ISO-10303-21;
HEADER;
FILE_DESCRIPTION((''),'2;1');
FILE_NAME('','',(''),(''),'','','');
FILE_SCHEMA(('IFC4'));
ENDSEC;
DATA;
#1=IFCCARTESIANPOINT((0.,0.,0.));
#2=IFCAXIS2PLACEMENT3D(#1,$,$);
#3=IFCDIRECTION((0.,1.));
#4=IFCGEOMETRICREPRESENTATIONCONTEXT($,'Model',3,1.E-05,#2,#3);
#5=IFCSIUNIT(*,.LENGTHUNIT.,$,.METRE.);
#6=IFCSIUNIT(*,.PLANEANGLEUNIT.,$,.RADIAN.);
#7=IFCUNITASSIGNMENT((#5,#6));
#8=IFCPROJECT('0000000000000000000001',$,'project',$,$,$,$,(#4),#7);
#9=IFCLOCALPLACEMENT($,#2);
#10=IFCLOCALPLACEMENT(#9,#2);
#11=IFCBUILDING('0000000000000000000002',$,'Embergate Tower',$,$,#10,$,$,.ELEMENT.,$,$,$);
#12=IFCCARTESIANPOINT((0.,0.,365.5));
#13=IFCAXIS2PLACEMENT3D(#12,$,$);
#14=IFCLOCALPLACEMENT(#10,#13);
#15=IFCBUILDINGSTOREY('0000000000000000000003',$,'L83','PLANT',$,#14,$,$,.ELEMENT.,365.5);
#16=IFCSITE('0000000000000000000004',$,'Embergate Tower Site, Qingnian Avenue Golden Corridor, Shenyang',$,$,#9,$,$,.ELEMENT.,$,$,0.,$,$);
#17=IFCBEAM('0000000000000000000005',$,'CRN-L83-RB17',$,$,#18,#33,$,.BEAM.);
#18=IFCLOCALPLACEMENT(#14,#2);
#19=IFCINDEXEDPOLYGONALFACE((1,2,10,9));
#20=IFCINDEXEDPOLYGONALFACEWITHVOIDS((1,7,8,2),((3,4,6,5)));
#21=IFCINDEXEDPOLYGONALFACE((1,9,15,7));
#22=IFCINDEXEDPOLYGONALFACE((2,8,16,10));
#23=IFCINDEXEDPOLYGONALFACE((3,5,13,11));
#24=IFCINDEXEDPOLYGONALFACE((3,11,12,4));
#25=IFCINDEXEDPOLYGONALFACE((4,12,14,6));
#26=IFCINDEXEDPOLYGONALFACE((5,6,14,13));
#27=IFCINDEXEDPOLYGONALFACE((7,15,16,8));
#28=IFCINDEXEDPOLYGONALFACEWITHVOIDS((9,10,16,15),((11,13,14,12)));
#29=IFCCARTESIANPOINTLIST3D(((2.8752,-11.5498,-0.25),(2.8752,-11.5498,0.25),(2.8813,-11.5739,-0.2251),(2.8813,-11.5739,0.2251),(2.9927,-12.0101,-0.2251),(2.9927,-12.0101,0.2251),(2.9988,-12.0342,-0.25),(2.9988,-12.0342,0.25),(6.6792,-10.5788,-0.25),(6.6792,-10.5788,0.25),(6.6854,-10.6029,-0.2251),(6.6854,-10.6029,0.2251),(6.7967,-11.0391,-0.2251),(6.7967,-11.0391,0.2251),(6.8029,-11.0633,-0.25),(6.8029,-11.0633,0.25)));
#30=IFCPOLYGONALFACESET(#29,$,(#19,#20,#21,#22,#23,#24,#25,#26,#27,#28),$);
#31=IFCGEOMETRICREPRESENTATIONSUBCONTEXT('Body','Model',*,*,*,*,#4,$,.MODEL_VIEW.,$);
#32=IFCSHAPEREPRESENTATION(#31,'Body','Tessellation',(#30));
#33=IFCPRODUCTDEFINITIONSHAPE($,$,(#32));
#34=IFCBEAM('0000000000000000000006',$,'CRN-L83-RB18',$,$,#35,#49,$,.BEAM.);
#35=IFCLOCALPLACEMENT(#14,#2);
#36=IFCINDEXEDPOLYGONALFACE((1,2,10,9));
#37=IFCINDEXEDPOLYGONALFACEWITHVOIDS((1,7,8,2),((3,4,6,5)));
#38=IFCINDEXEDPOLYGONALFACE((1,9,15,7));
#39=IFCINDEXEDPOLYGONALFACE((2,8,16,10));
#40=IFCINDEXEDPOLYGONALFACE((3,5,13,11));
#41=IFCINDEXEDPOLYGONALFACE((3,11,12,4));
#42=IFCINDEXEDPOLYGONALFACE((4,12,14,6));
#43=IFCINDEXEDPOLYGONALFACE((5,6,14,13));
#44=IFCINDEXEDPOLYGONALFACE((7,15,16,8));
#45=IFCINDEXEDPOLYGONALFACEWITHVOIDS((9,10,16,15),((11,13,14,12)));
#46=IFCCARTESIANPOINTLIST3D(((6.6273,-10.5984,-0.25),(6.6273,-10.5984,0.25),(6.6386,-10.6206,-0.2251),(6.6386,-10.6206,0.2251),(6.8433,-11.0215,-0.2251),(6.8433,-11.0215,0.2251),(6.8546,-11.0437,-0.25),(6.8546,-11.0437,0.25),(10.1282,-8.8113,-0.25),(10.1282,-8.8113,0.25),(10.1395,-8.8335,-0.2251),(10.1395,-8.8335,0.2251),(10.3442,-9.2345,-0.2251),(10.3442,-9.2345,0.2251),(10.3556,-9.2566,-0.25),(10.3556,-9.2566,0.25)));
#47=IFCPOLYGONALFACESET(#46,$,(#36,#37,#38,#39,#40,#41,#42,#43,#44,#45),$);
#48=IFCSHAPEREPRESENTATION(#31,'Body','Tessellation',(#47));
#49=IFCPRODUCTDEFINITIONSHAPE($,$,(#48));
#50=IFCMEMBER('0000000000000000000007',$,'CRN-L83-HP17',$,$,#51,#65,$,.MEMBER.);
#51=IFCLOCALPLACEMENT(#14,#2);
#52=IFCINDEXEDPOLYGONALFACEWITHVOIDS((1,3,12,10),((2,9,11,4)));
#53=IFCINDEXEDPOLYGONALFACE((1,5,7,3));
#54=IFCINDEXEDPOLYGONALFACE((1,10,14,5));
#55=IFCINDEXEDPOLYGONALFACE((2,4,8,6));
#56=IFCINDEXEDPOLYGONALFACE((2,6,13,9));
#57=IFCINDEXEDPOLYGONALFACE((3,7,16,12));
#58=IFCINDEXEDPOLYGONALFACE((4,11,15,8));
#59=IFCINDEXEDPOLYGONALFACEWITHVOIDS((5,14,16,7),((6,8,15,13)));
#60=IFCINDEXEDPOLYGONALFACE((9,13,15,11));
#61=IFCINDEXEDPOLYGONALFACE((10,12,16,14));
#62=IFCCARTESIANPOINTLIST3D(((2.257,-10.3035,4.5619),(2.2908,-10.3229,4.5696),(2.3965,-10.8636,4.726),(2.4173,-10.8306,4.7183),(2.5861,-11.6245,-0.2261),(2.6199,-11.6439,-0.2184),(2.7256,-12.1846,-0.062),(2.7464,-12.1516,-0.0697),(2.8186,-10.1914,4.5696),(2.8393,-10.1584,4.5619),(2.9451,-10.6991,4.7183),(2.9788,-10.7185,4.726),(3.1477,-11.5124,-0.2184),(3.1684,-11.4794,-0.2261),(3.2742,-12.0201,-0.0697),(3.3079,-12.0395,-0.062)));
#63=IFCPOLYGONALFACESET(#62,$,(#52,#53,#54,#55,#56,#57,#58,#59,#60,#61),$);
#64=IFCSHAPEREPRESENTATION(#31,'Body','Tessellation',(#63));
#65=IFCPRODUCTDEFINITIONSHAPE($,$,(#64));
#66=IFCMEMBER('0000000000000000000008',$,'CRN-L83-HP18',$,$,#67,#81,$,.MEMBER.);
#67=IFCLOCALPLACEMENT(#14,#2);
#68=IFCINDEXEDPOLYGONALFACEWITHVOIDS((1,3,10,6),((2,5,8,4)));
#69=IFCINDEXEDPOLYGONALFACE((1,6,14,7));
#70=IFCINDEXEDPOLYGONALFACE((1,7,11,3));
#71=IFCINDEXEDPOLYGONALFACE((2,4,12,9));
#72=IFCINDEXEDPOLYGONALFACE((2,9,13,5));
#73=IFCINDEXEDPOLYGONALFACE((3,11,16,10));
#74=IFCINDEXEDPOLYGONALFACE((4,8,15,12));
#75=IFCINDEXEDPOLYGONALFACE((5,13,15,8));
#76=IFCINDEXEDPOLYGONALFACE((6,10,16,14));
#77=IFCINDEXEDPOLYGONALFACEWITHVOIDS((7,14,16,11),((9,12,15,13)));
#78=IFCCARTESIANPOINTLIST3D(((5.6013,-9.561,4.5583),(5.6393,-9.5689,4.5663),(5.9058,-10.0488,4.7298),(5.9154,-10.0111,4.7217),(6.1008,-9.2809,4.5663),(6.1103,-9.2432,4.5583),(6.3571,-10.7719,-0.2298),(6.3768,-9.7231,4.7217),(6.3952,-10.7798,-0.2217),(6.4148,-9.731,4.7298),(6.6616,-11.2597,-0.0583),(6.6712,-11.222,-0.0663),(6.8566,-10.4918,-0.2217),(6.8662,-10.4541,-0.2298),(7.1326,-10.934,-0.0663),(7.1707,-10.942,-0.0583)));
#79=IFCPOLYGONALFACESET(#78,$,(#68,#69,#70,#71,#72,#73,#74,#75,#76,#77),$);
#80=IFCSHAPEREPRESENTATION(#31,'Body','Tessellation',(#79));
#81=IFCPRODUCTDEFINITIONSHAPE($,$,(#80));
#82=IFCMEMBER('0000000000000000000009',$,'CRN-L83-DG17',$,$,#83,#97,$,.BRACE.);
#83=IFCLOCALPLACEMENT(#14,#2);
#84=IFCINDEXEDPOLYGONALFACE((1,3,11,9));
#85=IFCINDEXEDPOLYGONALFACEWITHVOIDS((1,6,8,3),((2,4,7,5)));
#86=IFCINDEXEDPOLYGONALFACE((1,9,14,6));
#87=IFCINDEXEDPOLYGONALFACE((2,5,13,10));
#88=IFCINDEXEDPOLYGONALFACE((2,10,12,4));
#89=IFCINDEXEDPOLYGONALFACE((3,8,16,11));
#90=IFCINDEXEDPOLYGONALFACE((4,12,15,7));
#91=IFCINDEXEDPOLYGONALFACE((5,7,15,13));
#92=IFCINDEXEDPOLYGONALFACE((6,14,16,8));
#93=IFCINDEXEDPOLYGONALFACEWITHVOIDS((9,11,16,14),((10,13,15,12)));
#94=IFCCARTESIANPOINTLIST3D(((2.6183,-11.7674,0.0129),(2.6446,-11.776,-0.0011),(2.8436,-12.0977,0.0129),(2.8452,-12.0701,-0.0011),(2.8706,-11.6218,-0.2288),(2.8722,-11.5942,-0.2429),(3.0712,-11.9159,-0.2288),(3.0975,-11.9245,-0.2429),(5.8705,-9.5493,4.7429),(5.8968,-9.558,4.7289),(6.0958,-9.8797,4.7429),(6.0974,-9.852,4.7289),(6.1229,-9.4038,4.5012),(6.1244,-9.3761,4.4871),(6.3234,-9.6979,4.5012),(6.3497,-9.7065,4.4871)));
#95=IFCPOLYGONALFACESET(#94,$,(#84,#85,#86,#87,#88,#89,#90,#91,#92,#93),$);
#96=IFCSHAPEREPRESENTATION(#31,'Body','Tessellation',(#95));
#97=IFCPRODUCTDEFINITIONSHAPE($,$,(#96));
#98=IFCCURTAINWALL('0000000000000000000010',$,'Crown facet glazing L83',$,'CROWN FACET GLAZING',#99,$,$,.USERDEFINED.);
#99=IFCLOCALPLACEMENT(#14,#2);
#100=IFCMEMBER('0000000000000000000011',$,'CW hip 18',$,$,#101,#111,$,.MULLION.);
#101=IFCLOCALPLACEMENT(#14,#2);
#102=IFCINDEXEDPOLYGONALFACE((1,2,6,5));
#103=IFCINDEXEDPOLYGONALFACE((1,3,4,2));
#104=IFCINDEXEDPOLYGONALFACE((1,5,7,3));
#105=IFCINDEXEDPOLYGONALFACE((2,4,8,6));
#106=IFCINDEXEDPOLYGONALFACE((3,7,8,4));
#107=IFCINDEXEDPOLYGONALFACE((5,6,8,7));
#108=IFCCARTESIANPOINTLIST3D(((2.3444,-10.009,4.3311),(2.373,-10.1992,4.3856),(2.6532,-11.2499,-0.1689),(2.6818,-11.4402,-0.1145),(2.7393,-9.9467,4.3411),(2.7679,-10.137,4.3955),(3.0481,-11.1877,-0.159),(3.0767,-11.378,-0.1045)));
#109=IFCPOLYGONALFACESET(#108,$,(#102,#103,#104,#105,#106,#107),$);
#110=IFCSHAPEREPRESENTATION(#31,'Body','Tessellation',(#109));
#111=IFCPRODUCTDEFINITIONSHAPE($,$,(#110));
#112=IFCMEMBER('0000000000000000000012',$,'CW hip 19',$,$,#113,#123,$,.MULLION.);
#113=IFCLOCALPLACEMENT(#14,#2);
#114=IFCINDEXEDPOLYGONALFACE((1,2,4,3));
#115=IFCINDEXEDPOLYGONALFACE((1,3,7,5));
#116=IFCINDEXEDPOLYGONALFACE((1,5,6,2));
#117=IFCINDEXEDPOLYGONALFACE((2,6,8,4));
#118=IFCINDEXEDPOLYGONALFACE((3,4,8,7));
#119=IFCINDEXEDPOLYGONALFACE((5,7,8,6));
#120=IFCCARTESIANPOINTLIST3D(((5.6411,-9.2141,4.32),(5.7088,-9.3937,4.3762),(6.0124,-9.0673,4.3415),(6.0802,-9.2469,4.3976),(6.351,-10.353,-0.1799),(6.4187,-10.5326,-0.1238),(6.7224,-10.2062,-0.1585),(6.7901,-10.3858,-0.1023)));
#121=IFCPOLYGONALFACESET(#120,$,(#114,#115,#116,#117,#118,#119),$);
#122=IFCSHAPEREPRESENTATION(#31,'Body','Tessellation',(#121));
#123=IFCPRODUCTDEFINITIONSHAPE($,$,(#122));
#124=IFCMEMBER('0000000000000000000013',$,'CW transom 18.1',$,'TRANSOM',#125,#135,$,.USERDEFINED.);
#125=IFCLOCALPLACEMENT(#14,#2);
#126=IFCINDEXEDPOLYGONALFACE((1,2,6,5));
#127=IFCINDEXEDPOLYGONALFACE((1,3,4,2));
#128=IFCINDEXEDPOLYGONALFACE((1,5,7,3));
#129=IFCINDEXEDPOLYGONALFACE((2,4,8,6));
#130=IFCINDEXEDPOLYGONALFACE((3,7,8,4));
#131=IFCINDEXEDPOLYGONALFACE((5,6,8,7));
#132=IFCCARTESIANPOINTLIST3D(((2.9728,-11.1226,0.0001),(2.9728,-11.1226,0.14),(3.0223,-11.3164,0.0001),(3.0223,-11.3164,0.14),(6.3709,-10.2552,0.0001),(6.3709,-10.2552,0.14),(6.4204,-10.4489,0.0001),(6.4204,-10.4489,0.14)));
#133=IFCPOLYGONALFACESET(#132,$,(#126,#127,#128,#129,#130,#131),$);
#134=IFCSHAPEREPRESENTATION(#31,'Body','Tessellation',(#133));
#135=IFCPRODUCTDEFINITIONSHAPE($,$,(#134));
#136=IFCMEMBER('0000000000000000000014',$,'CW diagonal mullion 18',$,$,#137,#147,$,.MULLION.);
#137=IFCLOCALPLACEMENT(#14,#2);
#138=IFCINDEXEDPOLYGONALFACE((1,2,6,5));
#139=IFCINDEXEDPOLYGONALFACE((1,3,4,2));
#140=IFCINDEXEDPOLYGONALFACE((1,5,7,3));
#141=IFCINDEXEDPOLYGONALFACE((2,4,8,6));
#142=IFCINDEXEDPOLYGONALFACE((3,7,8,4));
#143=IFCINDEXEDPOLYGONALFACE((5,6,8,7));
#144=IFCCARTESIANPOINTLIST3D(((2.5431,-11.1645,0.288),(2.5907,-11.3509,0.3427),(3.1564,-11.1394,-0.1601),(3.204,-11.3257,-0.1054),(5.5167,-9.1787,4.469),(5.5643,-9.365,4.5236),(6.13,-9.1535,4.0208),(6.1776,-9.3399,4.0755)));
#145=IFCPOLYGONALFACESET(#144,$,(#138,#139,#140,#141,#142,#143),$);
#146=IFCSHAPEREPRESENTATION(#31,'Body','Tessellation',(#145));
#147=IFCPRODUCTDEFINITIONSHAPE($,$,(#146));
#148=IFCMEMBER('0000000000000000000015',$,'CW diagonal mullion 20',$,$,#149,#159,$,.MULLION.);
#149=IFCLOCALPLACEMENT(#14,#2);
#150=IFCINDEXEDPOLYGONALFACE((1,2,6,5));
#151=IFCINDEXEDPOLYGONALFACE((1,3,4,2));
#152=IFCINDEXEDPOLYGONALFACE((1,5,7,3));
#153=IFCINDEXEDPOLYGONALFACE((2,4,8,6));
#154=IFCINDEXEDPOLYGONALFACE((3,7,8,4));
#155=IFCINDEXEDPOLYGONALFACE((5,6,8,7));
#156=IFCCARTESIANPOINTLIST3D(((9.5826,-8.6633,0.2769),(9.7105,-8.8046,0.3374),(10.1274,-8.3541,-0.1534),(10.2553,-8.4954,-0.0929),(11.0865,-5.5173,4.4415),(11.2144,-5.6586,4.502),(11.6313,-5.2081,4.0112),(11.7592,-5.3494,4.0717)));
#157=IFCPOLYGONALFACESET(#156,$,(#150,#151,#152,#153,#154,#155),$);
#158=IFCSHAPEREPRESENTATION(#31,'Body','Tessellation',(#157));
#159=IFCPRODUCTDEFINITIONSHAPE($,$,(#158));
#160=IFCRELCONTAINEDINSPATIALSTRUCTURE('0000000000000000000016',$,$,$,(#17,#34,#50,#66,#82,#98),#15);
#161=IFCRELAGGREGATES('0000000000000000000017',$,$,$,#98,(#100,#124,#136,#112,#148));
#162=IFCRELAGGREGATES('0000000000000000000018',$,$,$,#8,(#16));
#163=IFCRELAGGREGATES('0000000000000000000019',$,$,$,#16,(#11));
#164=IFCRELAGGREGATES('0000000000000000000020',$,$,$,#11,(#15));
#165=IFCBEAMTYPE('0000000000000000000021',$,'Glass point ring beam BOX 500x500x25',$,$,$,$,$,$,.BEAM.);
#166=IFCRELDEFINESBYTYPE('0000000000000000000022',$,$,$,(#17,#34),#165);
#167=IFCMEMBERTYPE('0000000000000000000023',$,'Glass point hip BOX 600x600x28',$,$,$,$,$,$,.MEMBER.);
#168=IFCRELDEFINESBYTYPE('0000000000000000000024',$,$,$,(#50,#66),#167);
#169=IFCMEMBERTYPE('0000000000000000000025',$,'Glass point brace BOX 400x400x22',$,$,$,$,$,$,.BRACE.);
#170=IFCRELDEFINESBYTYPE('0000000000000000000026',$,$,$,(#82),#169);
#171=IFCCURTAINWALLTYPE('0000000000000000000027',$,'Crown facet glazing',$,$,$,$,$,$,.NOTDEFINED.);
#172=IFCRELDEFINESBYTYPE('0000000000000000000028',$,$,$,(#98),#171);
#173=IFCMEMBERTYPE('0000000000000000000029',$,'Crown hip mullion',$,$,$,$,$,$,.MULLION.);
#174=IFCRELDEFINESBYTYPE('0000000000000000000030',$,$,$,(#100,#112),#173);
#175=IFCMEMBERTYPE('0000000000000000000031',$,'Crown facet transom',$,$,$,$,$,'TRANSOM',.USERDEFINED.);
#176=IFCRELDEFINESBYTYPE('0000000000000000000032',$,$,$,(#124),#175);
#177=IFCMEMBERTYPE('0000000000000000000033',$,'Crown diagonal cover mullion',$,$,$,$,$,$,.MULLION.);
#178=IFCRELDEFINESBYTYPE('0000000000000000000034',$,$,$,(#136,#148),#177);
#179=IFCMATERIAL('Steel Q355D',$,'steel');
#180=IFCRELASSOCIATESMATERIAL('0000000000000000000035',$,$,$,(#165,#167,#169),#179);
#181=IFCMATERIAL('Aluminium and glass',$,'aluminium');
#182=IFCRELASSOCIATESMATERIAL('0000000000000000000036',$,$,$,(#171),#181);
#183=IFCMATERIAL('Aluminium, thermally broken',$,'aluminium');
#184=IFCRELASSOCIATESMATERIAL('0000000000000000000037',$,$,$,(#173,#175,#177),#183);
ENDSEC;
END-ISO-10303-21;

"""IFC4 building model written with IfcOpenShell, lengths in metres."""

from ifc_helpers import new_model, si_unit, direction, frame, origin, origin_2d, place, context, subcontext, project, spatial, rectangle, hollow_rectangle, extrude, source, transform, mapped, material, material_profile, profile_set, type_object, element, aggregate, save


model = new_model("IFC4")

# Units and contexts
model_context = context("Model", 3, precision=1e-05, world=origin(), true_north=direction((0.0, 1.0)))
body_context = subcontext(model_context, "Body", "Model", "MODEL_VIEW")
ifc_project = project(units=[si_unit("LENGTHUNIT", "METRE"), si_unit("PLANEANGLEUNIT", "RADIAN")], contexts=[model_context])

# Site, building, storey
site_placement = place(None, origin())
site = spatial("IfcSite", under=ifc_project, at=site_placement, Name="Embergate Tower Site, Qingnian Avenue Golden Corridor, Shenyang", CompositionType="ELEMENT", RefElevation=0.0)
building_placement = place(site_placement, origin())
building = spatial("IfcBuilding", under=site, at=building_placement, Name="Embergate Tower", CompositionType="ELEMENT")
storey_placement = place(building_placement, frame((0.0, 0.0, 365.5)))
storey = spatial("IfcBuildingStorey", under=building, at=storey_placement, Name="L83", Description="PLANT", CompositionType="ELEMENT", Elevation=365.5)

# Beams
ifc_material_1 = material(Name="Steel Q355D", Category="steel")
ifc_material_profile_1 = material_profile(ifc_material_1, hollow_rectangle(XDim=0.5, YDim=0.5, WallThickness=0.0249, at=origin_2d()), Name="BOX 500x500x25")
ifc_profile_set_1 = profile_set([ifc_material_profile_1], Name="Steel Q355 grade D")
beam_type = type_object("IfcBeamType", Name="Glass point ring beam BOX 500x500x25", PredefinedType="BEAM", material=ifc_profile_set_1)
shared_shape_1 = source(origin(), body_context, "Body", "SweptSolid", [
    extrude(hollow_rectangle(XDim=0.5, YDim=0.5, WallThickness=0.0249, at=origin_2d()), origin(), (0.0, 0.0, 1.0), 3.926),
])
beam_1_placement = place(storey_placement, frame((2.937, -11.792, 0.0), z_axis=(0.968935, 0.247317, 0.0), x_axis=(-0.247317, 0.968935, 0.0)))
element("IfcBeam", 1, at=beam_1_placement, inside=storey, type_object=beam_type, Name="CRN-L83-RB17", PredefinedType="BEAM", context=body_context, shape_type="MappedRepresentation", body=[
    mapped(shared_shape_1, transform((0.0, 0.0, 0.0))),
])
shared_shape_2 = source(origin(), body_context, "Body", "SweptSolid", [
    extrude(hollow_rectangle(XDim=0.5, YDim=0.5, WallThickness=0.0249, at=origin_2d()), origin(), (0.0, 0.0, 1.0), 3.9307),
])
beam_2_placement = place(storey_placement, frame((6.741, -10.821, 0.0), z_axis=(0.890669, 0.454651, 0.0), x_axis=(-0.454651, 0.890669, 0.0)))
element("IfcBeam", 2, at=beam_2_placement, inside=storey, type_object=beam_type, Name="CRN-L83-RB18", PredefinedType="BEAM", context=body_context, shape_type="MappedRepresentation", body=[
    mapped(shared_shape_2, transform((0.0, 0.0, 0.0))),
])

# Members
ifc_material_profile_2 = material_profile(ifc_material_1, hollow_rectangle(XDim=0.6001, YDim=0.6001, WallThickness=0.0281, at=origin_2d()), Name="BOX 600x600x28")
ifc_profile_set_2 = profile_set([ifc_material_profile_2], Name="Steel Q355 grade D")
member_type_1 = type_object("IfcMemberType", Name="Glass point hip BOX 600x600x28", PredefinedType="MEMBER", material=ifc_profile_set_2)
shared_shape_3 = source(origin(), body_context, "Body", "SweptSolid", [
    extrude(hollow_rectangle(XDim=0.6001, YDim=0.6001, WallThickness=0.0281, at=origin_2d()), origin(), (0.0, 0.0, 1.0), 4.9778),
])
member_1_placement = place(storey_placement, frame((2.947, -11.832, -0.144), z_axis=(-0.066113, 0.265383, 0.961874), x_axis=(-0.970343, -0.241734, 0.0)))
element("IfcMember", 3, at=member_1_placement, inside=storey, type_object=member_type_1, Name="CRN-L83-HP17", PredefinedType="MEMBER", context=body_context, shape_type="MappedRepresentation", body=[
    mapped(shared_shape_3, transform((0.0, 0.0, 0.0))),
])
shared_shape_4 = source(origin(), body_context, "Body", "SweptSolid", [
    extrude(hollow_rectangle(XDim=0.6001, YDim=0.6001, WallThickness=0.0281, at=origin_2d()), origin(), (0.0, 0.0, 1.0), 4.9963),
])
member_2_placement = place(storey_placement, frame((6.7639, -10.8569, -0.144), z_axis=(-0.151282, 0.242365, 0.958318), x_axis=(-0.848306, -0.529507, 0.0)))
element("IfcMember", 4, at=member_2_placement, inside=storey, type_object=member_type_1, Name="CRN-L83-HP18", PredefinedType="MEMBER", context=body_context, shape_type="MappedRepresentation", body=[
    mapped(shared_shape_4, transform((0.0, 0.0, 0.0))),
])
ifc_material_profile_3 = material_profile(ifc_material_1, hollow_rectangle(XDim=0.3999, YDim=0.3999, WallThickness=0.022, at=origin_2d()), Name="BOX 400x400x22")
ifc_profile_set_3 = profile_set([ifc_material_profile_3], Name="Steel Q355 grade D")
member_type_2 = type_object("IfcMemberType", Name="Glass point brace BOX 400x400x22", PredefinedType="BRACE", material=ifc_profile_set_3)
shared_shape_5 = source(origin(), body_context, "Body", "SweptSolid", [
    extrude(hollow_rectangle(XDim=0.3999, YDim=0.3999, WallThickness=0.022, at=origin_2d()), origin(), (0.0, 0.0, 1.0), 6.1538),
])
member_3_placement = place(storey_placement, frame((2.8579, -11.8459, -0.115), z_axis=(0.528487, 0.360431, 0.768629), x_axis=(-0.563443, 0.826155, 0.0)))
element("IfcMember", 5, at=member_3_placement, inside=storey, type_object=member_type_2, Name="CRN-L83-DG17", PredefinedType="BRACE", context=body_context, shape_type="MappedRepresentation", body=[
    mapped(shared_shape_5, transform((0.0, 0.0, 0.0))),
])

# Curtain wall, members
ifc_material_2 = material(Name="Aluminium and glass", Category="aluminium")
curtain_wall_type = type_object("IfcCurtainWallType", Name="Crown facet glazing", PredefinedType="NOTDEFINED", material=ifc_material_2)
curtain_wall_placement = place(storey_placement, origin())
curtain_wall = element("IfcCurtainWall", 6, at=curtain_wall_placement, inside=storey, type_object=curtain_wall_type, Name="Crown facet glazing L83", ObjectType="CROWN FACET GLAZING", PredefinedType="USERDEFINED")
ifc_material_3 = material(Name="Aluminium, thermally broken", Category="aluminium")
ifc_material_profile_4 = material_profile(ifc_material_3, rectangle(XDim=0.2, YDim=0.3999, at=origin_2d()), Name="AL 400x200")
ifc_profile_set_4 = profile_set([ifc_material_profile_4], Name="Aluminium, thermally broken")
member_type_3 = type_object("IfcMemberType", Name="Crown hip mullion", PredefinedType="MULLION", material=ifc_profile_set_4)
shared_shape_6 = source(origin(), body_context, "Body", "SweptSolid", [
    extrude(rectangle(XDim=0.2, YDim=0.3999, at=origin_2d()), origin(), (0.0, 0.0, 1.0), 4.6782),
])
member_4_placement = place(storey_placement, frame((2.865, -11.314, -0.1367), z_axis=(-0.066017, 0.265267, 0.961912), x_axis=(0.143079, -0.951537, 0.272225)))
member_4 = element("IfcMember", 7, at=member_4_placement, type_object=member_type_3, Name="CW hip 18", PredefinedType="MULLION", context=body_context, shape_type="MappedRepresentation", body=[
    mapped(shared_shape_6, transform((0.0, 0.0, 0.0))),
])
shared_shape_7 = source(origin(), body_context, "Body", "SweptSolid", [
    extrude(rectangle(XDim=0.2, YDim=0.3999, at=origin_2d()), origin(), (0.0, 0.0, 1.0), 4.6958),
])
member_5_placement = place(storey_placement, frame((6.5706, -10.3694, -0.1411), z_axis=(-0.151188, 0.242536, 0.958289), x_axis=(0.338782, -0.898008, 0.280728)))
member_5 = element("IfcMember", 8, at=member_5_placement, type_object=member_type_3, Name="CW hip 19", PredefinedType="MULLION", context=body_context, shape_type="MappedRepresentation", body=[
    mapped(shared_shape_7, transform((0.0, 0.0, 0.0))),
])
ifc_material_profile_5 = material_profile(ifc_material_3, rectangle(XDim=0.2, YDim=0.1399, at=origin_2d()), Name="AL 140x200")
ifc_profile_set_5 = profile_set([ifc_material_profile_5], Name="Aluminium, thermally broken")
member_type_4 = type_object("IfcMemberType", Name="Crown facet transom", ElementType="TRANSOM", PredefinedType="USERDEFINED", material=ifc_profile_set_5)
shared_shape_8 = source(origin(), body_context, "Body", "SweptSolid", [
    extrude(rectangle(XDim=0.2, YDim=0.1399, at=origin_2d()), origin(), (0.0, 0.0, 1.0), 3.5071),
])
member_6_placement = place(storey_placement, frame((2.9976, -11.2195, 0.0701), z_axis=(0.968931, 0.247332, 0.0), x_axis=(-0.247332, 0.968931, 0.0)))
member_6 = element("IfcMember", 9, at=member_6_placement, type_object=member_type_4, Name="CW transom 18.1", ObjectType="TRANSOM", PredefinedType="USERDEFINED", context=body_context, shape_type="MappedRepresentation", body=[
    mapped(shared_shape_8, transform((0.0, 0.0, 0.0))),
])
ifc_material_profile_6 = material_profile(ifc_material_3, rectangle(XDim=0.2, YDim=0.76, at=origin_2d()), Name="AL 760x200")
ifc_profile_set_6 = profile_set([ifc_material_profile_6], Name="Aluminium, thermally broken")
member_type_5 = type_object("IfcMemberType", Name="Crown diagonal cover mullion", PredefinedType="MULLION", material=ifc_profile_set_6)
shared_shape_9 = source(origin(), body_context, "Body", "SweptSolid", [
    extrude(rectangle(XDim=0.2, YDim=0.76, at=origin_2d()), origin(), (0.0, 0.0, 1.0), 5.5015),
])
member_7_placement = place(storey_placement, frame((2.8735, -11.2451, 0.0913), z_axis=(0.540517, 0.360966, 0.759964), x_axis=(0.237979, -0.931992, 0.273416)))
member_7 = element("IfcMember", 10, at=member_7_placement, type_object=member_type_5, Name="CW diagonal mullion 18", PredefinedType="MULLION", context=body_context, shape_type="MappedRepresentation", body=[
    mapped(shared_shape_9, transform((0.0, 0.0, 0.0))),
])
shared_shape_10 = source(origin(), body_context, "Body", "SweptSolid", [
    extrude(rectangle(XDim=0.2, YDim=0.76, at=origin_2d()), origin(), (0.0, 0.0, 1.0), 5.4316),
])
member_8_placement = place(storey_placement, frame((9.9189, -8.5793, 0.092), z_axis=(0.27688, 0.5792, 0.766723), x_axis=(0.639847, -0.706425, 0.302588)))
member_8 = element("IfcMember", 11, at=member_8_placement, type_object=member_type_5, Name="CW diagonal mullion 20", PredefinedType="MULLION", context=body_context, shape_type="MappedRepresentation", body=[
    mapped(shared_shape_10, transform((0.0, 0.0, 0.0))),
])
aggregate(curtain_wall, [member_4, member_6, member_7, member_5, member_8])

save(model, "model.ifc")
